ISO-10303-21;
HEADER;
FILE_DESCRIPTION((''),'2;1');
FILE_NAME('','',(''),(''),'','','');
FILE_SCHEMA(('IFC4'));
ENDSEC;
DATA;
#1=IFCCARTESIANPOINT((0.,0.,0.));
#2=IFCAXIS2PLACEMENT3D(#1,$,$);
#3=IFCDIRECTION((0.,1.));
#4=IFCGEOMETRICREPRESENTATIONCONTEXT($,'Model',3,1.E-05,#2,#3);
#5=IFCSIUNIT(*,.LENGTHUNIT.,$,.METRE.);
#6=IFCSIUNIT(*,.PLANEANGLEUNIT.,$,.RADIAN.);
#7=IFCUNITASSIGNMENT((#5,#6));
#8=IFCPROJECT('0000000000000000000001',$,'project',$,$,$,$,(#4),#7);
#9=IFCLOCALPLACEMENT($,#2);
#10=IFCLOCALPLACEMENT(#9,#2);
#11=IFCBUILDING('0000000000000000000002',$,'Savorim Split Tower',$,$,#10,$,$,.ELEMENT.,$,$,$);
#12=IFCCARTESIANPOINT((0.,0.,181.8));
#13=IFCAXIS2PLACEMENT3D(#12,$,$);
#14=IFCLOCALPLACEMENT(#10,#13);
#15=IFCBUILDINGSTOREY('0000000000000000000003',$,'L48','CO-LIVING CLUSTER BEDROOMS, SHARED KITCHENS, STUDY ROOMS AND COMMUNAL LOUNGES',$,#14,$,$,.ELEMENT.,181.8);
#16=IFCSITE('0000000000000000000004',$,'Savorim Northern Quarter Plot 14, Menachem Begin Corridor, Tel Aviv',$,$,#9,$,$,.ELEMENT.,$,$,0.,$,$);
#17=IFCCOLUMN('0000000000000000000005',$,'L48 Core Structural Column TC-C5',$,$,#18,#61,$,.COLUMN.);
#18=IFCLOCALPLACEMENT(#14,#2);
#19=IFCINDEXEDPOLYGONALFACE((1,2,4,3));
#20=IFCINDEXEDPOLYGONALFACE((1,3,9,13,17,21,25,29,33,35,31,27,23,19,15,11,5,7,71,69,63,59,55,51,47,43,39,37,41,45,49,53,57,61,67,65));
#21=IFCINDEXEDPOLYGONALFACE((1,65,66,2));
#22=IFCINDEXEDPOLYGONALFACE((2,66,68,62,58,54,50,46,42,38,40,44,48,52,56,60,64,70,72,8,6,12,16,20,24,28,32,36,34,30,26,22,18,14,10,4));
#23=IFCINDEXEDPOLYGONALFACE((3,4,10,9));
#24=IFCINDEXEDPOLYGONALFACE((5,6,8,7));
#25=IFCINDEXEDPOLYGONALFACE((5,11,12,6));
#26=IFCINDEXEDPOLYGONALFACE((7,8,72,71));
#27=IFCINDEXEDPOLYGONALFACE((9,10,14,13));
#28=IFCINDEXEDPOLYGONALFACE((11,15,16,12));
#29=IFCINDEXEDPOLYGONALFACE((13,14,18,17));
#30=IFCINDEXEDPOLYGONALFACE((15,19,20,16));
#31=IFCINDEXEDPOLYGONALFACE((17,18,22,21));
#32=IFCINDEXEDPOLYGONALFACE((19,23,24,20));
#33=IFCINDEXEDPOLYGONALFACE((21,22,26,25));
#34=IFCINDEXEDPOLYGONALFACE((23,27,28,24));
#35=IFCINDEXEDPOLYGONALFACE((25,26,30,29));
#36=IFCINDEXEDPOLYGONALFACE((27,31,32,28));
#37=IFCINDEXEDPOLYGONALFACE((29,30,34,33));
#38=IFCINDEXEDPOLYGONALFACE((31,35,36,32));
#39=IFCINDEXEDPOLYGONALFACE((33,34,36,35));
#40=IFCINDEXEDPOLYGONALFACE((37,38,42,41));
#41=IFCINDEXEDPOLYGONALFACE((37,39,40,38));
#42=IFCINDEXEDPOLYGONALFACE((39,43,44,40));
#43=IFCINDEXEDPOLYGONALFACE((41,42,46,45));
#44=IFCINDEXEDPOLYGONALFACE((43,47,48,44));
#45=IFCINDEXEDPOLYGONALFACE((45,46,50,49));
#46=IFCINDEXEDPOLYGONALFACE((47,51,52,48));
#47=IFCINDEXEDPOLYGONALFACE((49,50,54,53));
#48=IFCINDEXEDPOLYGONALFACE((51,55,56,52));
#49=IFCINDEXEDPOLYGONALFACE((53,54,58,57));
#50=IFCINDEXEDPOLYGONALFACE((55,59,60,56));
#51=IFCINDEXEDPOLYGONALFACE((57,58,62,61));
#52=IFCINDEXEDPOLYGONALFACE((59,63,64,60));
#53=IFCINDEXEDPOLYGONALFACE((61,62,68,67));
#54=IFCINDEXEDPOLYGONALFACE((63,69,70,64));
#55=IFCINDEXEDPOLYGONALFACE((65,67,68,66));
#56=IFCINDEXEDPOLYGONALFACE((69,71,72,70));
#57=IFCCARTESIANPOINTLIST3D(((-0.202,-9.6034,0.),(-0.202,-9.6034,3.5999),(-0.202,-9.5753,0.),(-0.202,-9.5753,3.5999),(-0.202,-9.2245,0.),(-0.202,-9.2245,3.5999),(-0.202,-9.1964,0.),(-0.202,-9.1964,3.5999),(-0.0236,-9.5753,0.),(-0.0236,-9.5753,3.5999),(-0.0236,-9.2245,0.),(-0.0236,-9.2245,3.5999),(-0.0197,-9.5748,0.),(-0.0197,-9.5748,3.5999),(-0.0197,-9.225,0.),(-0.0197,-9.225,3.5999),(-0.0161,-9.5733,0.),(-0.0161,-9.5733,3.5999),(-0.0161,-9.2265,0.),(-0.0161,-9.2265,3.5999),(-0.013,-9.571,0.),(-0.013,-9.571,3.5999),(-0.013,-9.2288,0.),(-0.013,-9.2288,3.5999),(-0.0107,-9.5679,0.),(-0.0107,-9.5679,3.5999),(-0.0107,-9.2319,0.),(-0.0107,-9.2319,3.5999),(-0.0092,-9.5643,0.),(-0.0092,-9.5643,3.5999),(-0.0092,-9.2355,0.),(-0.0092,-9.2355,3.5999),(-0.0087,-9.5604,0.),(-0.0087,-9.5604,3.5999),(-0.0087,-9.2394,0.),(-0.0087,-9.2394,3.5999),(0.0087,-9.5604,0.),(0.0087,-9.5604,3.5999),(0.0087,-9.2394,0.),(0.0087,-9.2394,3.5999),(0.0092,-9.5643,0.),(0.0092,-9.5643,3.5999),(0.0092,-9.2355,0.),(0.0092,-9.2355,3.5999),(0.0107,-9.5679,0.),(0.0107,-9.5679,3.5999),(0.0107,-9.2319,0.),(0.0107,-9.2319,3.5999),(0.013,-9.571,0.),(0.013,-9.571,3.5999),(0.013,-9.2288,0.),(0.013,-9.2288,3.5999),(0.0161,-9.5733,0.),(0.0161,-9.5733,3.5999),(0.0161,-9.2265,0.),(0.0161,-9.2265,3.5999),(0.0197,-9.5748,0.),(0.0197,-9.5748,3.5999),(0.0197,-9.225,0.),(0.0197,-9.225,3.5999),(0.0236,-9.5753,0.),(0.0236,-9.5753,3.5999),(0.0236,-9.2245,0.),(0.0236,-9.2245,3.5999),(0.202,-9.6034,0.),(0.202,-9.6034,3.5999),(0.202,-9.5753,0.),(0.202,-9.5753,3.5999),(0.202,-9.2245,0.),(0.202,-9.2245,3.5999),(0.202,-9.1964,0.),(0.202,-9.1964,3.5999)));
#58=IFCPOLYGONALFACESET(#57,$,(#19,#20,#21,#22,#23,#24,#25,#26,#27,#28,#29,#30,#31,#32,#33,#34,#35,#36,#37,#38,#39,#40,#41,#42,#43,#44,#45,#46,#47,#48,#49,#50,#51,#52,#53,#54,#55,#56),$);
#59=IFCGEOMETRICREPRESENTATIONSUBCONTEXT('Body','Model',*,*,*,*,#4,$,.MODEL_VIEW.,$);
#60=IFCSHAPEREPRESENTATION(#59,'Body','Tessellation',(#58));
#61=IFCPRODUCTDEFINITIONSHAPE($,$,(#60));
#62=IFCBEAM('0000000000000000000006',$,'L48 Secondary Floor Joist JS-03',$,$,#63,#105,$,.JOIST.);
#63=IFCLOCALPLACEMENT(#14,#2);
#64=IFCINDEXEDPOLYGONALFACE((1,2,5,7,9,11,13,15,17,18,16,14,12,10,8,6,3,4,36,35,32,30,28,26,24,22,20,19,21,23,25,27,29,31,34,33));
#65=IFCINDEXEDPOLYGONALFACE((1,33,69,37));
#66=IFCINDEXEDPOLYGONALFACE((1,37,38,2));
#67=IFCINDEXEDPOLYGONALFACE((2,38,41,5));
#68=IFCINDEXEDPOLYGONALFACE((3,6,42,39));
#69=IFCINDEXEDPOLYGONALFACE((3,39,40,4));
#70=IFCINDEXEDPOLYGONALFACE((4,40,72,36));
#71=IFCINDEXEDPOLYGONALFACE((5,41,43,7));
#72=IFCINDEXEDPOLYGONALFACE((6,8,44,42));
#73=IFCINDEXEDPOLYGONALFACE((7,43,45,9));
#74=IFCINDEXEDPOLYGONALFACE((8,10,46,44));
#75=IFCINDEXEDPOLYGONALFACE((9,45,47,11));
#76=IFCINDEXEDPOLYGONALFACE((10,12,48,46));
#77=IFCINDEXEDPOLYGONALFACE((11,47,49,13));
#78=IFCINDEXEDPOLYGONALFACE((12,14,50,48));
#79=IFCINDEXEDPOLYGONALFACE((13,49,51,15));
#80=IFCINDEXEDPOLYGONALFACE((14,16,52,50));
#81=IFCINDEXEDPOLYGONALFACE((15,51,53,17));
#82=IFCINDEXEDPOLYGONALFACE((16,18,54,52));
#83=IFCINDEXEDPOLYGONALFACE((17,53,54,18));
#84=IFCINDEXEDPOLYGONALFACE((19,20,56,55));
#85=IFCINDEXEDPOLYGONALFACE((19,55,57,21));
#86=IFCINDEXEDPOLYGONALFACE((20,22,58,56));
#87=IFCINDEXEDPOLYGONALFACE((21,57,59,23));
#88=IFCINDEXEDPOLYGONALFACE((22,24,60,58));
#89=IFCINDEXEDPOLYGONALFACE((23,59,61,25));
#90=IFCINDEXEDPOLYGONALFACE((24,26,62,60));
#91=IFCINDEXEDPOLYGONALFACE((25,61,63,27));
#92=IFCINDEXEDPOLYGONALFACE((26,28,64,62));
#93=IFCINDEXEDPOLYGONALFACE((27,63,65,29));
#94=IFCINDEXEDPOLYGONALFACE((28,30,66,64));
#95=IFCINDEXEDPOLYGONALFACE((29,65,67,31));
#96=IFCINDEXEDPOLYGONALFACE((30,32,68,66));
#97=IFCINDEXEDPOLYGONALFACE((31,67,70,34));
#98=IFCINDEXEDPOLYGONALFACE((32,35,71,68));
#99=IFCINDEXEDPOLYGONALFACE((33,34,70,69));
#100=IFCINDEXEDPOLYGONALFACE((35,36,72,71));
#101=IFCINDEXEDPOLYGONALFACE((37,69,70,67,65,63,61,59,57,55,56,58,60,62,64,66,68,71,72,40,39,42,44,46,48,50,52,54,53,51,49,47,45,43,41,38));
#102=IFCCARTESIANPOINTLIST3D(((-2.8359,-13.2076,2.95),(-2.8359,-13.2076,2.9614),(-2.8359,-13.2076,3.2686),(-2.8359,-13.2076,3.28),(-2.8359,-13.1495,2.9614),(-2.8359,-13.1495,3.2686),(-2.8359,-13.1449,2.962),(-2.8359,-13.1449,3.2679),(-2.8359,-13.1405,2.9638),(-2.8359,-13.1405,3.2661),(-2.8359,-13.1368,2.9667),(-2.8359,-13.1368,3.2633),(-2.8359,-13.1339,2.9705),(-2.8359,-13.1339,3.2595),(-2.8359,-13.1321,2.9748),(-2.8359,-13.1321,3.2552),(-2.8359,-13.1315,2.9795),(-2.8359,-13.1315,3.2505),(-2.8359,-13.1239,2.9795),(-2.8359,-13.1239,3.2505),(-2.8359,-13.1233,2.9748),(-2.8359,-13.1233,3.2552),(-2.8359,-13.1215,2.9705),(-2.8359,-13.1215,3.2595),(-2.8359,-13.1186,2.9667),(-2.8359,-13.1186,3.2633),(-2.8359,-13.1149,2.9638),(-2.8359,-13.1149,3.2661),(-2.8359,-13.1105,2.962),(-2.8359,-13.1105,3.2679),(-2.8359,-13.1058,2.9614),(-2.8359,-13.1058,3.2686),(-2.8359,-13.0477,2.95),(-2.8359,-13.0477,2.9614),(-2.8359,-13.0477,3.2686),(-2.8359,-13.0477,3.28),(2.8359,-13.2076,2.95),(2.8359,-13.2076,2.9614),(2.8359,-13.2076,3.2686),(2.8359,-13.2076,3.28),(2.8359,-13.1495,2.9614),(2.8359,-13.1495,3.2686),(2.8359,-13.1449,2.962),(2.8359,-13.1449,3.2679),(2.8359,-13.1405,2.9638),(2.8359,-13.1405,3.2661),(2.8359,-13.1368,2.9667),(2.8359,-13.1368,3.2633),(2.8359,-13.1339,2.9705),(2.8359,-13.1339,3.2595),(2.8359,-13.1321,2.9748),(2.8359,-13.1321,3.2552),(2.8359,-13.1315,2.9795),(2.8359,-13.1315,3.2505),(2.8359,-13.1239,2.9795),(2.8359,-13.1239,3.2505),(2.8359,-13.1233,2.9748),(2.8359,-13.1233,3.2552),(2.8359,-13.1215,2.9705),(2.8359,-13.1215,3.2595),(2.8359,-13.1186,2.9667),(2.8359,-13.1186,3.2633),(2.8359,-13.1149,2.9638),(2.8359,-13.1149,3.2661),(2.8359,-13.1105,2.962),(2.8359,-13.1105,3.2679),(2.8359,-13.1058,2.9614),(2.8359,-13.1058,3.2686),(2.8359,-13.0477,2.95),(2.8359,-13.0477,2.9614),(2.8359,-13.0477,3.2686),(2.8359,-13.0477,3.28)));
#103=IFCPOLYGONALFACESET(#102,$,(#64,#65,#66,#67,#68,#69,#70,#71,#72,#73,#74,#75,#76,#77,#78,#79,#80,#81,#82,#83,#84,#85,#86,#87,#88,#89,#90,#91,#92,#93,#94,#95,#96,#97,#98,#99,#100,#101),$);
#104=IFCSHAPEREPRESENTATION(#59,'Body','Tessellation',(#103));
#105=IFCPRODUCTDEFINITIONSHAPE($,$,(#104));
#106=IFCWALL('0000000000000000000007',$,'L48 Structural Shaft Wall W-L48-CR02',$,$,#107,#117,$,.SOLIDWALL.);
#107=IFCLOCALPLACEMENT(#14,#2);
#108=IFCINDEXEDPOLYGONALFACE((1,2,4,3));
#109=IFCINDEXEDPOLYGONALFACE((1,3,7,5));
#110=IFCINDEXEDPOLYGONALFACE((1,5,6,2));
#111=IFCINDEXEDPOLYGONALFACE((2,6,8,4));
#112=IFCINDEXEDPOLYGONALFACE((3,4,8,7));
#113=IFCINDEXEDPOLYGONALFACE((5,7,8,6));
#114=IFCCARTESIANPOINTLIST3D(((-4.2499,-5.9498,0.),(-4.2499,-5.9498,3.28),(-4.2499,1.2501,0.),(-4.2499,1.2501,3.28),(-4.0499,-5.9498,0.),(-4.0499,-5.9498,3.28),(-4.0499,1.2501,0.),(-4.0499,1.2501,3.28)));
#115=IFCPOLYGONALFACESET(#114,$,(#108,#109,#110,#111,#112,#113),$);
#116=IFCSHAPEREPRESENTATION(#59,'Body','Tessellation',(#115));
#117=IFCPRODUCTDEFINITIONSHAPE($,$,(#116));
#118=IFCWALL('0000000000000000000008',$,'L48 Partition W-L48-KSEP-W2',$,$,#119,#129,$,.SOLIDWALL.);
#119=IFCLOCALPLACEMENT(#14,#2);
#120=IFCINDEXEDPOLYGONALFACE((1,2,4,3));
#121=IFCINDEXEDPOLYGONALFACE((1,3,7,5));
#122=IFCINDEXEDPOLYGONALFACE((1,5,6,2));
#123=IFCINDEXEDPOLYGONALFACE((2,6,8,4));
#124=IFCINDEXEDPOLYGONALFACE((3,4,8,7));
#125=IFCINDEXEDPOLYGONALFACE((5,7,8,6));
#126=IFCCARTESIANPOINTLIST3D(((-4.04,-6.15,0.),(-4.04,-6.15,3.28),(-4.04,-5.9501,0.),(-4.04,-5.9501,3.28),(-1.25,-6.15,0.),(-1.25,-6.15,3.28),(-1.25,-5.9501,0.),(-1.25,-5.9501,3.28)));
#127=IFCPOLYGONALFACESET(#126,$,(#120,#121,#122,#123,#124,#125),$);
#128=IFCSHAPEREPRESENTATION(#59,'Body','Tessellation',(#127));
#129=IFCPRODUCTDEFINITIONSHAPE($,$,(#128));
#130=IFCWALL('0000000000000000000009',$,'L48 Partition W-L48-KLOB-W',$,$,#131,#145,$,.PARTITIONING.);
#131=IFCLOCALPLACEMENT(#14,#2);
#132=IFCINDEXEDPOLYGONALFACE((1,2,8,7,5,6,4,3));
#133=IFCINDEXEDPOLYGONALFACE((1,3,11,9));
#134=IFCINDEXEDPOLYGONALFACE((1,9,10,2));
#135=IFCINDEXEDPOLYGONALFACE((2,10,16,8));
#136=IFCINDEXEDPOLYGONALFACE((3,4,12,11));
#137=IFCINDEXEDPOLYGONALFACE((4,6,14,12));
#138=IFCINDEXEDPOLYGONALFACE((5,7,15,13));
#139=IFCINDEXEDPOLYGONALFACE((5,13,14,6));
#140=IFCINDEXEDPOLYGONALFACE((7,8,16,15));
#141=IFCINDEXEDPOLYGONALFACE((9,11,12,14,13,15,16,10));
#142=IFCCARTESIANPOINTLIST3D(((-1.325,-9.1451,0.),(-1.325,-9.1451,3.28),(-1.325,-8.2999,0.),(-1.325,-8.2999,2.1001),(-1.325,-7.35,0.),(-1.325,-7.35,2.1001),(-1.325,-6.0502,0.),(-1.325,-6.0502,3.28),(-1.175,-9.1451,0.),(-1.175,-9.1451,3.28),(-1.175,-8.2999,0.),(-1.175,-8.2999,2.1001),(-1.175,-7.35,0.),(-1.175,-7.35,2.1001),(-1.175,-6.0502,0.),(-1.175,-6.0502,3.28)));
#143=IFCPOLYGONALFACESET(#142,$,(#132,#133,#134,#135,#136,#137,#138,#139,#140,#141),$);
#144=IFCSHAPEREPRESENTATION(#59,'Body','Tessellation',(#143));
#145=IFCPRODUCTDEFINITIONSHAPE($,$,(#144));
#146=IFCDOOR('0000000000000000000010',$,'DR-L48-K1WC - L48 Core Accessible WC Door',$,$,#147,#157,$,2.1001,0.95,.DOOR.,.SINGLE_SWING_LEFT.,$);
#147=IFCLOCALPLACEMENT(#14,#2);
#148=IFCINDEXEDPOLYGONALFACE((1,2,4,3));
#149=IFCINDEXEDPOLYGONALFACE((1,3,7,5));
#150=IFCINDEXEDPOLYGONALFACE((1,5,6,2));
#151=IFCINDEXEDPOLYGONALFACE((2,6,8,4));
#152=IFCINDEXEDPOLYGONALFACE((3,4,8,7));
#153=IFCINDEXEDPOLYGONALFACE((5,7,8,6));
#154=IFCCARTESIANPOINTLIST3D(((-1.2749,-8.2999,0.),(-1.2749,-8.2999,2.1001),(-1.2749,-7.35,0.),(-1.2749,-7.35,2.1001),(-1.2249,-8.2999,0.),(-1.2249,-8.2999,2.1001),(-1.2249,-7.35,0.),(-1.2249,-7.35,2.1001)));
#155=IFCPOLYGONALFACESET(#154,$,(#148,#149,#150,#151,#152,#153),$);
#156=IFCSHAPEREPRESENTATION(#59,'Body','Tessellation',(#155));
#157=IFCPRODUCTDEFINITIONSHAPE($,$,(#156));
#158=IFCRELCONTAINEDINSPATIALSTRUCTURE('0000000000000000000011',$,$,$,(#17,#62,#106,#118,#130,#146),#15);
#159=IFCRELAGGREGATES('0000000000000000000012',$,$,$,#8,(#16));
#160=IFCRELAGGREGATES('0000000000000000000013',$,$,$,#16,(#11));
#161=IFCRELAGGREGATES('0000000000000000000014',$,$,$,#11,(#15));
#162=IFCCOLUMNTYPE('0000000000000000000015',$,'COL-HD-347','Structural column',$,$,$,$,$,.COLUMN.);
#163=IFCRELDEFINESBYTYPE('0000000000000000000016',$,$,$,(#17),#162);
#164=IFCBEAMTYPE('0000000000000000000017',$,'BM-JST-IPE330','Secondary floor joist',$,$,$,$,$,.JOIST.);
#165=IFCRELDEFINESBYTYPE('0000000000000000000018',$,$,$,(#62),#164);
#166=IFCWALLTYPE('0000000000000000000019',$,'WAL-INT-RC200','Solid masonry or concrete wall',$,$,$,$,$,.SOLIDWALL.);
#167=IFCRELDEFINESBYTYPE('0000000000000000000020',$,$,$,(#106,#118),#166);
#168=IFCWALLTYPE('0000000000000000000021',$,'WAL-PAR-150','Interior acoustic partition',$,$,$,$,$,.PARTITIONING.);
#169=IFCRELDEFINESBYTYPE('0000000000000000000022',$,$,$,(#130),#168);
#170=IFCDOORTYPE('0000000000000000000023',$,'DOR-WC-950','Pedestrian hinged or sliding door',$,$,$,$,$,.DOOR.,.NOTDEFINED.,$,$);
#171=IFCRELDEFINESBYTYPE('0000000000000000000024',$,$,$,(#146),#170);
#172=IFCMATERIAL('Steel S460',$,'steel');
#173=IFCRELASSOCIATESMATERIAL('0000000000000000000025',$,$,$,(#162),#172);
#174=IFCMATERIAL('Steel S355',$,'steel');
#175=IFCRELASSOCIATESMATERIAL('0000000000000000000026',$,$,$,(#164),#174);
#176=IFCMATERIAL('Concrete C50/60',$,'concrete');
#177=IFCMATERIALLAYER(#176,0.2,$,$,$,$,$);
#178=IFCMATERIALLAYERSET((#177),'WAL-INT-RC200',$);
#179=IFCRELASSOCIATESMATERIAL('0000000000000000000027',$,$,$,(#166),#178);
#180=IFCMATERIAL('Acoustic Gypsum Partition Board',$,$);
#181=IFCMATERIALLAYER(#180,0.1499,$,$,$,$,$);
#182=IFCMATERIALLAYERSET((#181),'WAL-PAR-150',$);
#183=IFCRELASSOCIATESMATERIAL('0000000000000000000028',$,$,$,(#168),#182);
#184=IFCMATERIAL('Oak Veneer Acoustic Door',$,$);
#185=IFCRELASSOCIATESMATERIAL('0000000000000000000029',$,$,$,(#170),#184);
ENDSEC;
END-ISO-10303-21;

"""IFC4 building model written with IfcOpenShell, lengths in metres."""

from ifc_helpers import new_model, si_unit, direction, frame, frame_2d, origin, origin_2d, place, context, subcontext, project, spatial, rectangle, i_section, extrude, material, layer, layer_set, material_profile, profile_set, type_object, element, fill, save


model = new_model("IFC4")

# Units and contexts
model_context = context("Model", 3, precision=1e-05, world=origin(), true_north=direction((0.0, 1.0)))
body_context = subcontext(model_context, "Body", "Model", "MODEL_VIEW")
ifc_project = project(units=[si_unit("LENGTHUNIT", "METRE"), si_unit("PLANEANGLEUNIT", "RADIAN")], contexts=[model_context])

# Site, building, storey
site_placement = place(None, origin())
site = spatial("IfcSite", under=ifc_project, at=site_placement, Name="Savorim Northern Quarter Plot 14, Menachem Begin Corridor, Tel Aviv", CompositionType="ELEMENT", RefElevation=0.0)
building_placement = place(site_placement, origin())
building = spatial("IfcBuilding", under=site, at=building_placement, Name="Savorim Split Tower", CompositionType="ELEMENT")
storey_placement = place(building_placement, frame((0.0, 0.0, 181.8)))
storey = spatial("IfcBuildingStorey", under=building, at=storey_placement, Name="L48", Description="CO-LIVING CLUSTER BEDROOMS, SHARED KITCHENS, STUDY ROOMS AND COMMUNAL LOUNGES", CompositionType="ELEMENT", Elevation=181.8)

# Column
ifc_material_1 = material(Name="Steel S460", Category="steel")
ifc_material_profile_1 = material_profile(ifc_material_1, i_section(OverallWidth=0.4041, OverallDepth=0.407, WebThickness=0.0173, FlangeThickness=0.0281, FilletRadius=0.0149, at=origin_2d()), Name="HD 400x347")
ifc_profile_set_1 = profile_set([ifc_material_profile_1], Name="Steel S460")
column_type = type_object("IfcColumnType", Name="COL-HD-347", Description="Structural column", PredefinedType="COLUMN", material=ifc_profile_set_1)
column_placement = place(storey_placement, frame((0.0, -9.3999, 0.0), z_axis=(0.0, 0.0, 1.0), x_axis=(1.0, 0.0, 0.0)))
element("IfcColumn", 1, at=column_placement, inside=storey, type_object=column_type, Name="L48 Core Structural Column TC-C5", PredefinedType="COLUMN", context=body_context, shape_type="SweptSolid", body=[
    extrude(i_section(OverallWidth=0.4041, OverallDepth=0.407, WebThickness=0.0173, FlangeThickness=0.0281, FilletRadius=0.0149, at=origin_2d()), origin(), (0.0, 0.0, 1.0), 3.5999),
])

# Beam
ifc_material_2 = material(Name="Steel S355", Category="steel")
ifc_material_profile_2 = material_profile(ifc_material_2, i_section(OverallWidth=0.1599, OverallDepth=0.3301, WebThickness=0.0076, FlangeThickness=0.0115, FilletRadius=0.0181, at=origin_2d()), Name="IPE 330")
ifc_profile_set_2 = profile_set([ifc_material_profile_2], Name="Steel S355")
beam_type = type_object("IfcBeamType", Name="BM-JST-IPE330", Description="Secondary floor joist", PredefinedType="JOIST", material=ifc_profile_set_2)
beam_placement = place(storey_placement, frame((-2.8359, -13.1277, 3.115), z_axis=(1.0, 0.0, 0.0), x_axis=(0.0, 1.0, 0.0)))
element("IfcBeam", 2, at=beam_placement, inside=storey, type_object=beam_type, Name="L48 Secondary Floor Joist JS-03", PredefinedType="JOIST", context=body_context, shape_type="SweptSolid", body=[
    extrude(i_section(OverallWidth=0.1599, OverallDepth=0.3301, WebThickness=0.0076, FlangeThickness=0.0115, FilletRadius=0.0181, at=origin_2d()), origin(), (0.0, 0.0, 1.0), 5.6719),
])

# Wall
ifc_material_3 = material(Name="Concrete C50/60", Category="concrete")
ifc_layer_1 = layer(ifc_material_3, 0.2)
ifc_layer_set_1 = layer_set([ifc_layer_1], Name="WAL-INT-RC200")
wall_type_1 = type_object("IfcWallType", Name="WAL-INT-RC200", Description="Solid masonry or concrete wall", PredefinedType="SOLIDWALL", material=ifc_layer_set_1)
wall_1_placement = place(storey_placement, frame((-4.1499, -5.95, 0.0), z_axis=(0.0, 0.0, 1.0), x_axis=(0.0, 1.0, 0.0)))
element("IfcWall", 3, at=wall_1_placement, inside=storey, type_object=wall_type_1, Name="L48 Structural Shaft Wall W-L48-CR02", PredefinedType="SOLIDWALL", context=body_context, shape_type="SweptSolid", body=[
    extrude(rectangle(XDim=7.2, YDim=0.2, at=frame_2d((3.6001, 0.0))), origin(), (0.0, 0.0, 1.0), 3.28),
])

# Wall
wall_2_placement = place(storey_placement, frame((-4.04, -6.05, 0.0), z_axis=(0.0, 0.0, 1.0), x_axis=(1.0, 0.0, 0.0)))
element("IfcWall", 4, at=wall_2_placement, inside=storey, type_object=wall_type_1, Name="L48 Partition W-L48-KSEP-W2", PredefinedType="SOLIDWALL", context=body_context, shape_type="SweptSolid", body=[
    extrude(rectangle(XDim=2.79, YDim=0.2, at=frame_2d((1.395, 0.0))), origin(), (0.0, 0.0, 1.0), 3.28),
])

# Wall, opening, door
ifc_material_4 = material(Name="Acoustic Gypsum Partition Board")
ifc_layer_2 = layer(ifc_material_4, 0.1499)
ifc_layer_set_2 = layer_set([ifc_layer_2], Name="WAL-PAR-150")
wall_type_2 = type_object("IfcWallType", Name="WAL-PAR-150", Description="Interior acoustic partition", PredefinedType="PARTITIONING", material=ifc_layer_set_2)
wall_3_placement = place(storey_placement, frame((-1.25, -9.145, 0.0), z_axis=(0.0, 0.0, 1.0), x_axis=(0.0, 1.0, 0.0)))
wall_3 = element("IfcWall", 5, at=wall_3_placement, inside=storey, type_object=wall_type_2, Name="L48 Partition W-L48-KLOB-W", PredefinedType="PARTITIONING", context=body_context, shape_type="SweptSolid", body=[
    extrude(rectangle(XDim=3.095, YDim=0.1499, at=frame_2d((1.5474, 0.0))), origin(), (0.0, 0.0, 1.0), 3.28),
])
opening_1_placement = place(wall_3_placement, frame((0.845, 0.0, 0.0)))
opening_1 = element("IfcOpeningElement", 6, at=opening_1_placement, cuts=wall_3, PredefinedType="OPENING", context=body_context, shape_type="SweptSolid", body=[
    extrude(rectangle(XDim=0.95, YDim=2.1001, at=frame_2d((0.4751, 1.05))), frame((0.0, 0.085, 0.0), z_axis=(0.0, -1.0, 0.0), x_axis=(1.0, 0.0, 0.0)), (0.0, 0.0, 1.0), 0.1699),
])
ifc_material_5 = material(Name="Oak Veneer Acoustic Door")
door_type_1 = type_object("IfcDoorType", Name="DOR-WC-950", Description="Pedestrian hinged or sliding door", OperationType="NOTDEFINED", PredefinedType="DOOR", material=ifc_material_5)
door_1_placement = place(opening_1_placement, origin())
door_1 = element("IfcDoor", 7, at=door_1_placement, inside=storey, type_object=door_type_1, Name="DR-L48-K1WC - L48 Core Accessible WC Door", OperationType="SINGLE_SWING_LEFT", OverallHeight=2.1001, OverallWidth=0.95, PredefinedType="DOOR", context=body_context, shape_type="SweptSolid", body=[
    extrude(rectangle(XDim=0.95, YDim=2.1001, at=frame_2d((0.4751, 1.05))), frame((0.0, 0.0249, 0.0), z_axis=(0.0, -1.0, 0.0), x_axis=(1.0, 0.0, 0.0)), (0.0, 0.0, 1.0), 0.05),
])
fill(opening_1, door_1)

save(model, "model.ifc")
